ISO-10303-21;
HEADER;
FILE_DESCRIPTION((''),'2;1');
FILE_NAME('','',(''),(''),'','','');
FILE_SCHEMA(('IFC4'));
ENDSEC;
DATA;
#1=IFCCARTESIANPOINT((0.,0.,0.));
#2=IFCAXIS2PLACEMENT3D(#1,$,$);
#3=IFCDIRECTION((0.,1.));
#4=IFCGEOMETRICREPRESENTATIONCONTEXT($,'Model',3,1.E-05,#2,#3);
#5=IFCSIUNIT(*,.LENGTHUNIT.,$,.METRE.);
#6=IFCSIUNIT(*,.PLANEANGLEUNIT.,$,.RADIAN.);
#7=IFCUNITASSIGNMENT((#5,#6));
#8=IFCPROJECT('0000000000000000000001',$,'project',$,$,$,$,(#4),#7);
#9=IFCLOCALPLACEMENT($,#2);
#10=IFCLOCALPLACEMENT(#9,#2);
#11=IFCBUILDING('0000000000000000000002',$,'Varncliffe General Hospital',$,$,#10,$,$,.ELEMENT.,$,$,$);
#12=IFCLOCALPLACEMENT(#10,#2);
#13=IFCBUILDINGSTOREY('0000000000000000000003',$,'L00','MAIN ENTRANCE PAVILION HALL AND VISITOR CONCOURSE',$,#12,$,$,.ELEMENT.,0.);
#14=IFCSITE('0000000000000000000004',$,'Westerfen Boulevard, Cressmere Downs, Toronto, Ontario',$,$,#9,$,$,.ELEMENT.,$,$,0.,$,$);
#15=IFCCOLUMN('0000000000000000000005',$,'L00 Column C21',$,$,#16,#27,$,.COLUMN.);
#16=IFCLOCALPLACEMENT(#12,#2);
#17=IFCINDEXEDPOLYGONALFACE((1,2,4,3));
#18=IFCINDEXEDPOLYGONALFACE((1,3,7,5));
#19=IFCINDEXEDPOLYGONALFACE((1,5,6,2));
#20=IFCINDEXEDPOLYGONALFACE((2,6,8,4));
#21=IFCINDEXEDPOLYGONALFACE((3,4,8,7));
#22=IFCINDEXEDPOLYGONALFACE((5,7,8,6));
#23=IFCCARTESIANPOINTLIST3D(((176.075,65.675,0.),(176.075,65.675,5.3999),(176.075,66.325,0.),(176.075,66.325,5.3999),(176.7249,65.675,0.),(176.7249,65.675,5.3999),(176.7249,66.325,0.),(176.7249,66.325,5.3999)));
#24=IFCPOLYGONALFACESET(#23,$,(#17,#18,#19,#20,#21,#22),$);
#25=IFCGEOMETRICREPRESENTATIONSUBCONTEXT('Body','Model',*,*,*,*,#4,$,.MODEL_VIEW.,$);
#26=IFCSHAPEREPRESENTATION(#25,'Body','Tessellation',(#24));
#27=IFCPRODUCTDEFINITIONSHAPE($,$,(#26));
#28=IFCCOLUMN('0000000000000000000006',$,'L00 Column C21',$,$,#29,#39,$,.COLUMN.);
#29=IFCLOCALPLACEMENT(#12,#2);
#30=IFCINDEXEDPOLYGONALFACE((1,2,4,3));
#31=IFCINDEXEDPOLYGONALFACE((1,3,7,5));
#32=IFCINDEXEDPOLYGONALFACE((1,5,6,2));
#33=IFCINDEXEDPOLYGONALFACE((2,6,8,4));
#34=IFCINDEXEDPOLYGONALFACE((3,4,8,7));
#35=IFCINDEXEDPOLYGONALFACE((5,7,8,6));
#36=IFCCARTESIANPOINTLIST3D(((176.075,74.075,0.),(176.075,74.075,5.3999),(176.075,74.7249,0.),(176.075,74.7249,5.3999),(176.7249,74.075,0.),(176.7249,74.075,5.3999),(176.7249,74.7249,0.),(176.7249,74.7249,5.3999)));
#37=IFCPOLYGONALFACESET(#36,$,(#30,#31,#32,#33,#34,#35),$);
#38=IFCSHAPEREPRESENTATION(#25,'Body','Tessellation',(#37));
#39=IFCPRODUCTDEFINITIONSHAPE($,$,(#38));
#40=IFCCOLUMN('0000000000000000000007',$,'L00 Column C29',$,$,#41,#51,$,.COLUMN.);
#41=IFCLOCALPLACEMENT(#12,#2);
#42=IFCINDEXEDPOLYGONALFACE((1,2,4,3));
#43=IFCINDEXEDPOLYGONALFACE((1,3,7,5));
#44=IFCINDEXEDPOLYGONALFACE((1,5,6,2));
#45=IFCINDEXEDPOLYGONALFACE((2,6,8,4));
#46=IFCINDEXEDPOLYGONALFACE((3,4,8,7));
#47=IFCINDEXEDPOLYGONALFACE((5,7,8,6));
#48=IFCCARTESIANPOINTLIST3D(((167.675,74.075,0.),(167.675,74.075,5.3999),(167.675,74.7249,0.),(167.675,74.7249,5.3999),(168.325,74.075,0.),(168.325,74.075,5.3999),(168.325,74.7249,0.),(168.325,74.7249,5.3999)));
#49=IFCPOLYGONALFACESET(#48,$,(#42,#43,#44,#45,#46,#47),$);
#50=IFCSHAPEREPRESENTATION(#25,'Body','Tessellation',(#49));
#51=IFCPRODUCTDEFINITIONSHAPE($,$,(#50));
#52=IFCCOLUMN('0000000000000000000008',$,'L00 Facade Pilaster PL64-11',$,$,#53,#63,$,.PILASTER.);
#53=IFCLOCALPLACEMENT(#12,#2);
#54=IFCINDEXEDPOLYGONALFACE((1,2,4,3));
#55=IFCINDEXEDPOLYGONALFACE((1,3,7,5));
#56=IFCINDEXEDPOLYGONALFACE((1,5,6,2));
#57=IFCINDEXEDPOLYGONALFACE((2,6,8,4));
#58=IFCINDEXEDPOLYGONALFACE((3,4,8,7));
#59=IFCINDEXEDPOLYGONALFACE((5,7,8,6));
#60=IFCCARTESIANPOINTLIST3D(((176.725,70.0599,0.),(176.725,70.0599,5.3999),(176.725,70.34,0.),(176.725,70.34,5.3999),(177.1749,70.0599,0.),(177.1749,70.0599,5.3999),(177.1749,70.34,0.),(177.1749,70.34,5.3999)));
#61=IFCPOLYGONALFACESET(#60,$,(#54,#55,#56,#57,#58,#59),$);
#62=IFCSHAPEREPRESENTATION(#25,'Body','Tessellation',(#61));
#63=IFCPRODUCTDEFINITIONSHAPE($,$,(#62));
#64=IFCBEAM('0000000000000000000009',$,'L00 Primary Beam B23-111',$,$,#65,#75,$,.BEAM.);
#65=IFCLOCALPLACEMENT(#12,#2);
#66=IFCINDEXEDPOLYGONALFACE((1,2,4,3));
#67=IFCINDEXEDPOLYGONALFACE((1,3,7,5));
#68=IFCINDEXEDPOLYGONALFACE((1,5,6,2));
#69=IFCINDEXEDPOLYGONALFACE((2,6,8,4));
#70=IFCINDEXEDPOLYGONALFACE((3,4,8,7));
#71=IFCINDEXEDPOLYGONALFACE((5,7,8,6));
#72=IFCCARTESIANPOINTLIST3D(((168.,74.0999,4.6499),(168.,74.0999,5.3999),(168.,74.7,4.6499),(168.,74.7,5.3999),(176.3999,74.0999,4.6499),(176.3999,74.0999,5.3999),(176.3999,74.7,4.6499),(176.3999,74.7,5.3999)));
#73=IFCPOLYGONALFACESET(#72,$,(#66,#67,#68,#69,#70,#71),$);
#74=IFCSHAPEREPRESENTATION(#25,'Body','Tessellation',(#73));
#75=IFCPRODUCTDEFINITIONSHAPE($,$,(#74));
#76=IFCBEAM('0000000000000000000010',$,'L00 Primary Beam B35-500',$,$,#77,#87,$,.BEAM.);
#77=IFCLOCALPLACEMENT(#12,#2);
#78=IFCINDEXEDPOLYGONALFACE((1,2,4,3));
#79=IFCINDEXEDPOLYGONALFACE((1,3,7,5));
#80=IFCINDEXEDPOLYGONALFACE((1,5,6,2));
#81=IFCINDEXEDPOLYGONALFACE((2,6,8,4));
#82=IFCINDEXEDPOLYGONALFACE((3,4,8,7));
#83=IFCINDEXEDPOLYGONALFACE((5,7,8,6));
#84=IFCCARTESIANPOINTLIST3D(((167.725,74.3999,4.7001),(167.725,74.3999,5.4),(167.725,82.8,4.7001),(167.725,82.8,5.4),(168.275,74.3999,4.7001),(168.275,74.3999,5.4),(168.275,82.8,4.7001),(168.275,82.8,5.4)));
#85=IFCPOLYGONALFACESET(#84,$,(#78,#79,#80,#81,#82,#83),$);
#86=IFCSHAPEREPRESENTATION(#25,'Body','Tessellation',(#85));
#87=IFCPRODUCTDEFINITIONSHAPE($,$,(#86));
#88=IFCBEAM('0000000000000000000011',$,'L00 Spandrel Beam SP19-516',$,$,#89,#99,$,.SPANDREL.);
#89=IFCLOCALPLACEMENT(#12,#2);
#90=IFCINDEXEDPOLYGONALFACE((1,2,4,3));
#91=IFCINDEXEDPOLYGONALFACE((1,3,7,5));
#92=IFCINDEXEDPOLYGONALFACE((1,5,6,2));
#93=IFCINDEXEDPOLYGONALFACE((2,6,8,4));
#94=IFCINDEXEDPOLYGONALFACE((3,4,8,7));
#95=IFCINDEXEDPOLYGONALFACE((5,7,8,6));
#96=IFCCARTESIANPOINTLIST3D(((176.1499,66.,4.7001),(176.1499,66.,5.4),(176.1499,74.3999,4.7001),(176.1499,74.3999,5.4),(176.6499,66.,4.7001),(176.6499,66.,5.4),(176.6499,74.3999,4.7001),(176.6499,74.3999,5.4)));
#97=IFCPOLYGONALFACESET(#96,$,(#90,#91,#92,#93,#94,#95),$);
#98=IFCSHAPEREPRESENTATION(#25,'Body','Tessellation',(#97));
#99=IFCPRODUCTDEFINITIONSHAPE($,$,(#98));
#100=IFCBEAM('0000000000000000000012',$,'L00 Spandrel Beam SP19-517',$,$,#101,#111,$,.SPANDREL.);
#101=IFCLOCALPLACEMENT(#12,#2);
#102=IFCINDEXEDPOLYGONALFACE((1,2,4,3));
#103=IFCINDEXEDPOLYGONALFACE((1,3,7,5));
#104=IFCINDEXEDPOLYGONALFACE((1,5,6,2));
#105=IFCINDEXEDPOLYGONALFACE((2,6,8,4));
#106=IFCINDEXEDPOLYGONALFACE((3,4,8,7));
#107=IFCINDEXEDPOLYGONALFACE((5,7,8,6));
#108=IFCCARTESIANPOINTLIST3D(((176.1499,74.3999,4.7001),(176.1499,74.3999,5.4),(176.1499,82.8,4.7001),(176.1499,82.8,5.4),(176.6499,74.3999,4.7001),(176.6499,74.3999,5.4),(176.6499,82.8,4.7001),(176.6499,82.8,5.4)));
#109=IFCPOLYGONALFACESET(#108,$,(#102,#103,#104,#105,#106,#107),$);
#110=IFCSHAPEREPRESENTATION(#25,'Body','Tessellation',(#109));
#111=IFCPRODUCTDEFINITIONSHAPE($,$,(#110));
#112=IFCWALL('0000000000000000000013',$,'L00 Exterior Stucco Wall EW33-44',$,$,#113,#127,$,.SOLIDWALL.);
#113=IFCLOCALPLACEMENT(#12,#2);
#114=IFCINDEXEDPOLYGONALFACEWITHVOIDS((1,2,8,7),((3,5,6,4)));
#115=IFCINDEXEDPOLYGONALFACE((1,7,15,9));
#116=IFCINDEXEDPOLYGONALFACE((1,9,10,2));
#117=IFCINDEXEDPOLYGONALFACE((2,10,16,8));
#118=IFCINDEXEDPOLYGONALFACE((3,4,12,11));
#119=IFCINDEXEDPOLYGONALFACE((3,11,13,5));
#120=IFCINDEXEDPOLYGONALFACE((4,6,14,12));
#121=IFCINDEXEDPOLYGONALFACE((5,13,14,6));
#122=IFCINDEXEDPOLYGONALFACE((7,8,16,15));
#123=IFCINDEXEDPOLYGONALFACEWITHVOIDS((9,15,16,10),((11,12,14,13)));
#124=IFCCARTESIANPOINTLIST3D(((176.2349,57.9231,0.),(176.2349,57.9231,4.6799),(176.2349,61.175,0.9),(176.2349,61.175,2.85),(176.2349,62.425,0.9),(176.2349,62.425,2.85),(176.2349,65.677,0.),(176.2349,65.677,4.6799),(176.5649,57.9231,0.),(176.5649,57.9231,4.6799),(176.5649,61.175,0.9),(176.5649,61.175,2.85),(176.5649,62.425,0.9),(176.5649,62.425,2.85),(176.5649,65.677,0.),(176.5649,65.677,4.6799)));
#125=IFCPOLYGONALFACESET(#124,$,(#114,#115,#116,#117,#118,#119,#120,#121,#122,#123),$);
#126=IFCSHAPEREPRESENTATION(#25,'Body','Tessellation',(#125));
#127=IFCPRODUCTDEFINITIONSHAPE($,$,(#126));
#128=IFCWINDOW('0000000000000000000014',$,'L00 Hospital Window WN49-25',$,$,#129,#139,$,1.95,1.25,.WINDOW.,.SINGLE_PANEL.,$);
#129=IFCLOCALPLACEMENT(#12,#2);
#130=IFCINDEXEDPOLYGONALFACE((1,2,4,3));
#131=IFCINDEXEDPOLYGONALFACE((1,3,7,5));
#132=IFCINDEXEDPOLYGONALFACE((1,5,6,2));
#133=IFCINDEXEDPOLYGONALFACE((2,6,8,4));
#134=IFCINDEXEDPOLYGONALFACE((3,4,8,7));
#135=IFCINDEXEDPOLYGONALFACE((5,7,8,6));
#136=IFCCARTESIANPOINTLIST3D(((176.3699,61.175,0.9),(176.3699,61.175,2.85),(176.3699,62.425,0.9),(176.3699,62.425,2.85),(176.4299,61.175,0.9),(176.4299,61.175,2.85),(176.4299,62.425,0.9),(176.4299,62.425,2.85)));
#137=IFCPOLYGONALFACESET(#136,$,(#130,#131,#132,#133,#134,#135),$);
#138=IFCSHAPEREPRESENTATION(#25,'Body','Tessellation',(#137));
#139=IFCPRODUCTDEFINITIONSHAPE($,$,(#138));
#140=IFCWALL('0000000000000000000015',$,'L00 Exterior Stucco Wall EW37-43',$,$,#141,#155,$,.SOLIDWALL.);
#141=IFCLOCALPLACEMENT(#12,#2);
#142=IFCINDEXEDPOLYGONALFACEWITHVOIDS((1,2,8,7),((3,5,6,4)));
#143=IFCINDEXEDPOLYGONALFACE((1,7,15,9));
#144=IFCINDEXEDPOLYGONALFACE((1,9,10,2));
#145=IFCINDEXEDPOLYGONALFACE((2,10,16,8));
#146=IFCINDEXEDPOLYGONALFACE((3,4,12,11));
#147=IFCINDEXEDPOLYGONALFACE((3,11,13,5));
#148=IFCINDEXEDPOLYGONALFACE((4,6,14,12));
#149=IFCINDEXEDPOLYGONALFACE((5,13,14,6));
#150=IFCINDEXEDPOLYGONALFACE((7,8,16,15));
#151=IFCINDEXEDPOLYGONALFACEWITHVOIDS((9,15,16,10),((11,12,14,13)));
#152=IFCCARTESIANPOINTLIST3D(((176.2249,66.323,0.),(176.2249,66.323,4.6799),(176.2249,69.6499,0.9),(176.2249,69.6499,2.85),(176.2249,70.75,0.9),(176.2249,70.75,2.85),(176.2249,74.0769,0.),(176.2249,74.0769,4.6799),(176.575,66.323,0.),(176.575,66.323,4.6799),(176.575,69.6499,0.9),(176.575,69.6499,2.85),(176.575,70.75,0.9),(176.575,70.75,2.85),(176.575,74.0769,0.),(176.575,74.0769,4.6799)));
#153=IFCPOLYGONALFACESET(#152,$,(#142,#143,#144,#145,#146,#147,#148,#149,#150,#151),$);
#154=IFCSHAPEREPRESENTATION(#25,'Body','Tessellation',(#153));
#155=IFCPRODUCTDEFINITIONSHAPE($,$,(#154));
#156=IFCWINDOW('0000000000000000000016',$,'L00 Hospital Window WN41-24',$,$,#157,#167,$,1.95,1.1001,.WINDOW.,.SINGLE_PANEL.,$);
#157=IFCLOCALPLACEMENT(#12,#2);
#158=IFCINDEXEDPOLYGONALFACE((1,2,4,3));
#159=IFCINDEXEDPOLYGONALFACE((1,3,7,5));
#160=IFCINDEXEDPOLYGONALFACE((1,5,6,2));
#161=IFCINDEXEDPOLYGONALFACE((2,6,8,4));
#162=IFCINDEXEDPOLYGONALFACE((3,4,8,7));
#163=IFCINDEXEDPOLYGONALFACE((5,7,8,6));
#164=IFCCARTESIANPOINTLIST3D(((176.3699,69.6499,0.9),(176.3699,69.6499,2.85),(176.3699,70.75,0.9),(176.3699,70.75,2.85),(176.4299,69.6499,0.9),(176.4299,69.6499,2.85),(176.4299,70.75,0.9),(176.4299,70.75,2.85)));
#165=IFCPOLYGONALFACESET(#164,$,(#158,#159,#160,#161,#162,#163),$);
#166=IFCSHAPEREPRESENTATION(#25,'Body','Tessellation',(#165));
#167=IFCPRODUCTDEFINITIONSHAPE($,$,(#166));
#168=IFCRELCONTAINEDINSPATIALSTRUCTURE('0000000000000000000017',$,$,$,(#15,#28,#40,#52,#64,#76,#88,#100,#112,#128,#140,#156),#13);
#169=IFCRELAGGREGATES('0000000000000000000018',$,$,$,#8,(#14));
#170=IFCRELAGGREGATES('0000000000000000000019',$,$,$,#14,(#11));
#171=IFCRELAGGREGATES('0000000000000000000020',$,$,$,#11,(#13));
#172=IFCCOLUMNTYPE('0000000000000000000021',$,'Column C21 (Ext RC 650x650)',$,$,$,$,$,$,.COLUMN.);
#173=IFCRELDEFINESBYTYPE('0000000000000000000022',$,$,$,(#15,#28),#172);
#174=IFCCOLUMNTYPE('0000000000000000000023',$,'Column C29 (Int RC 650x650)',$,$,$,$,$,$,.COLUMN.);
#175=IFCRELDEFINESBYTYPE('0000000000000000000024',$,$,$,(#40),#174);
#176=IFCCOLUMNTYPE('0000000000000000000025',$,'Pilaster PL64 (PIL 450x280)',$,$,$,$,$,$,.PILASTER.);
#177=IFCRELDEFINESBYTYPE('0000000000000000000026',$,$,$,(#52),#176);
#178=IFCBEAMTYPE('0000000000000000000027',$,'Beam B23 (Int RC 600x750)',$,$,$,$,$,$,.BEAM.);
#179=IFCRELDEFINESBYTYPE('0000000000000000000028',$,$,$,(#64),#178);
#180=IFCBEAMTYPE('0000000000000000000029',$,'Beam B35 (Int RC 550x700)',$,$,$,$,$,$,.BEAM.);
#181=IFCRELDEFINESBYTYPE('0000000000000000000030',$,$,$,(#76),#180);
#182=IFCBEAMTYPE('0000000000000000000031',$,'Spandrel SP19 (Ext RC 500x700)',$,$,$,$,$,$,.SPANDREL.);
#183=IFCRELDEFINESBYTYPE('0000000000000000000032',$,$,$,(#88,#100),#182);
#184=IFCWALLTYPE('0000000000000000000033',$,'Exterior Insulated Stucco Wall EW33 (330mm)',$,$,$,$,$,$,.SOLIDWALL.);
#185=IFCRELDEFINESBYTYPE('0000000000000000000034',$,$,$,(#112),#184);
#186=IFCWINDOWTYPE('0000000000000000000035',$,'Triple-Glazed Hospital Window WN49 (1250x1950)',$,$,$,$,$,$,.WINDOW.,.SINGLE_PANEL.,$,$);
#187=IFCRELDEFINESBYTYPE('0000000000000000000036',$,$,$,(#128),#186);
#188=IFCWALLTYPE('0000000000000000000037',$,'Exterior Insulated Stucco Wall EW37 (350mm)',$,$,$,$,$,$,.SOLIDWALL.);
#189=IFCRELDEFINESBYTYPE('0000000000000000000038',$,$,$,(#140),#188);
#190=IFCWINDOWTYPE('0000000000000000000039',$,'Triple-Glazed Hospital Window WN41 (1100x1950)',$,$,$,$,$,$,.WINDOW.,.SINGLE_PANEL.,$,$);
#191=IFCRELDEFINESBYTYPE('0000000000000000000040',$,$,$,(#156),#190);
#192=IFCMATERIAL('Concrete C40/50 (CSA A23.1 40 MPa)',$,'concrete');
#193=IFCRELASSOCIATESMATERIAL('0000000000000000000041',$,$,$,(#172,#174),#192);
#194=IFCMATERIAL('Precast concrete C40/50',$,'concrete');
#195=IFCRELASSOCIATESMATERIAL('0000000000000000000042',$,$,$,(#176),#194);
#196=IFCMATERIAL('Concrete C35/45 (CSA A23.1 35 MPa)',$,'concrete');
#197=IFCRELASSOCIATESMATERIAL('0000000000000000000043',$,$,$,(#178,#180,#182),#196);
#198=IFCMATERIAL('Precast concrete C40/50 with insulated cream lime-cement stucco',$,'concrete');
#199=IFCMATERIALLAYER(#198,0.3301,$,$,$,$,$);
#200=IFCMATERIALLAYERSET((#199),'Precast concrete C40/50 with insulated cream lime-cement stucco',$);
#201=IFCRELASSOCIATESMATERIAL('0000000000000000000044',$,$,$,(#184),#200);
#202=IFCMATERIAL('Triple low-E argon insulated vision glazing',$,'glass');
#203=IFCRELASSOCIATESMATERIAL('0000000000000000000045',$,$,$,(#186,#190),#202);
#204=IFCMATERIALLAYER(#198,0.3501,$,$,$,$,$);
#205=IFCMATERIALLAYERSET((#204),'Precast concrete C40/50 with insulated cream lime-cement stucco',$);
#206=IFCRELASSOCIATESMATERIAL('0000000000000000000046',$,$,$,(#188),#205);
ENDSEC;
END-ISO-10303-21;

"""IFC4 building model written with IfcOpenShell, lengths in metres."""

from ifc_helpers import new_model, si_unit, direction, frame, frame_2d, origin, origin_2d, place, context, subcontext, project, spatial, rectangle, extrude, material, layer, layer_set, material_profile, profile_set, type_object, element, fill, save


model = new_model("IFC4")

# Units and contexts
model_context = context("Model", 3, precision=1e-05, world=origin(), true_north=direction((0.0, 1.0)))
body_context = subcontext(model_context, "Body", "Model", "MODEL_VIEW")
ifc_project = project(units=[si_unit("LENGTHUNIT", "METRE"), si_unit("PLANEANGLEUNIT", "RADIAN")], contexts=[model_context])

# Site, building, storey
site_placement = place(None, origin())
site = spatial("IfcSite", under=ifc_project, at=site_placement, Name="Westerfen Boulevard, Cressmere Downs, Toronto, Ontario", CompositionType="ELEMENT", RefElevation=0.0)
building_placement = place(site_placement, origin())
building = spatial("IfcBuilding", under=site, at=building_placement, Name="Varncliffe General Hospital", CompositionType="ELEMENT")
storey_placement = place(building_placement, origin())
storey = spatial("IfcBuildingStorey", under=building, at=storey_placement, Name="L00", Description="MAIN ENTRANCE PAVILION HALL AND VISITOR CONCOURSE", CompositionType="ELEMENT", Elevation=0.0)

# Columns
ifc_material_1 = material(Name="Concrete C40/50 (CSA A23.1 40 MPa)", Category="concrete")
ifc_material_profile_1 = material_profile(ifc_material_1, rectangle(XDim=0.6499, YDim=0.6499, at=origin_2d()), Name="RC 650x650")
ifc_profile_set_1 = profile_set([ifc_material_profile_1], Name="Concrete C40/50 (CSA A23.1 40 MPa)")
column_type_1 = type_object("IfcColumnType", Name="Column C21 (Ext RC 650x650)", PredefinedType="COLUMN", material=ifc_profile_set_1)
for number, where, z_axis, x_axis, name in (
    (1, (176.3999, 66.0, 0.0), (0.0, 0.0, 1.0), (1.0, 0.0, 0.0), "L00 Column C21"),
    (2, (176.3999, 74.3999, 0.0), (0.0, 0.0, 1.0), (1.0, 0.0, 0.0), "L00 Column C21"),
):
    element("IfcColumn", number, at=place(storey_placement, frame(where, z_axis=z_axis, x_axis=x_axis)), inside=storey, type_object=column_type_1, Name=name, PredefinedType="COLUMN", context=body_context, shape_type="SweptSolid", body=[
        extrude(rectangle(XDim=0.6499, YDim=0.6499, at=origin_2d()), origin(), (0.0, 0.0, 1.0), 5.3999),
    ])
ifc_material_profile_2 = material_profile(ifc_material_1, rectangle(XDim=0.6499, YDim=0.6499, at=origin_2d()), Name="RC 650x650")
ifc_profile_set_2 = profile_set([ifc_material_profile_2], Name="Concrete C40/50 (CSA A23.1 40 MPa)")
column_type_2 = type_object("IfcColumnType", Name="Column C29 (Int RC 650x650)", PredefinedType="COLUMN", material=ifc_profile_set_2)
column_1_placement = place(storey_placement, frame((168.0, 74.3999, 0.0), z_axis=(0.0, 0.0, 1.0), x_axis=(1.0, 0.0, 0.0)))
element("IfcColumn", 3, at=column_1_placement, inside=storey, type_object=column_type_2, Name="L00 Column C29", PredefinedType="COLUMN", context=body_context, shape_type="SweptSolid", body=[
    extrude(rectangle(XDim=0.6499, YDim=0.6499, at=origin_2d()), origin(), (0.0, 0.0, 1.0), 5.3999),
])
ifc_material_2 = material(Name="Precast concrete C40/50", Category="concrete")
ifc_material_profile_3 = material_profile(ifc_material_2, rectangle(XDim=0.45, YDim=0.28, at=origin_2d()), Name="PIL 450x280")
ifc_profile_set_3 = profile_set([ifc_material_profile_3], Name="Precast concrete C40/50")
column_type_3 = type_object("IfcColumnType", Name="Pilaster PL64 (PIL 450x280)", PredefinedType="PILASTER", material=ifc_profile_set_3)
column_2_placement = place(storey_placement, frame((176.95, 70.2, 0.0), z_axis=(0.0, 0.0, 1.0), x_axis=(1.0, 0.0, 0.0)))
element("IfcColumn", 4, at=column_2_placement, inside=storey, type_object=column_type_3, Name="L00 Facade Pilaster PL64-11", PredefinedType="PILASTER", context=body_context, shape_type="SweptSolid", body=[
    extrude(rectangle(XDim=0.45, YDim=0.28, at=origin_2d()), origin(), (0.0, 0.0, 1.0), 5.3999),
])

# Beams
ifc_material_3 = material(Name="Concrete C35/45 (CSA A23.1 35 MPa)", Category="concrete")
ifc_material_profile_4 = material_profile(ifc_material_3, rectangle(XDim=0.6001, YDim=0.75, at=origin_2d()), Name="RC 600x750")
ifc_profile_set_4 = profile_set([ifc_material_profile_4], Name="Concrete C35/45 (CSA A23.1 35 MPa)")
beam_type_1 = type_object("IfcBeamType", Name="Beam B23 (Int RC 600x750)", PredefinedType="BEAM", material=ifc_profile_set_4)
beam_1_placement = place(storey_placement, frame((168.0, 74.3999, 5.0249), z_axis=(1.0, 0.0, 0.0), x_axis=(0.0, 1.0, 0.0)))
element("IfcBeam", 5, at=beam_1_placement, inside=storey, type_object=beam_type_1, Name="L00 Primary Beam B23-111", PredefinedType="BEAM", context=body_context, shape_type="SweptSolid", body=[
    extrude(rectangle(XDim=0.6001, YDim=0.75, at=origin_2d()), origin(), (0.0, 0.0, 1.0), 8.3999),
])
ifc_material_profile_5 = material_profile(ifc_material_3, rectangle(XDim=0.55, YDim=0.7, at=origin_2d()), Name="RC 550x700")
ifc_profile_set_5 = profile_set([ifc_material_profile_5], Name="Concrete C35/45 (CSA A23.1 35 MPa)")
beam_type_2 = type_object("IfcBeamType", Name="Beam B35 (Int RC 550x700)", PredefinedType="BEAM", material=ifc_profile_set_5)
beam_2_placement = place(storey_placement, frame((168.0, 74.3999, 5.05), z_axis=(0.0, 1.0, 0.0), x_axis=(-1.0, 0.0, 0.0)))
element("IfcBeam", 6, at=beam_2_placement, inside=storey, type_object=beam_type_2, Name="L00 Primary Beam B35-500", PredefinedType="BEAM", context=body_context, shape_type="SweptSolid", body=[
    extrude(rectangle(XDim=0.55, YDim=0.7, at=origin_2d()), origin(), (0.0, 0.0, 1.0), 8.4001),
])
ifc_material_profile_6 = material_profile(ifc_material_3, rectangle(XDim=0.5, YDim=0.7, at=origin_2d()), Name="RC 500x700")
ifc_profile_set_6 = profile_set([ifc_material_profile_6], Name="Concrete C35/45 (CSA A23.1 35 MPa)")
beam_type_3 = type_object("IfcBeamType", Name="Spandrel SP19 (Ext RC 500x700)", PredefinedType="SPANDREL", material=ifc_profile_set_6)
beam_3_placement = place(storey_placement, frame((176.3999, 66.0, 5.05), z_axis=(0.0, 1.0, 0.0), x_axis=(-1.0, 0.0, 0.0)))
element("IfcBeam", 7, at=beam_3_placement, inside=storey, type_object=beam_type_3, Name="L00 Spandrel Beam SP19-516", PredefinedType="SPANDREL", context=body_context, shape_type="SweptSolid", body=[
    extrude(rectangle(XDim=0.5, YDim=0.7, at=origin_2d()), origin(), (0.0, 0.0, 1.0), 8.3999),
])
beam_4_placement = place(storey_placement, frame((176.3999, 74.3999, 5.05), z_axis=(0.0, 1.0, 0.0), x_axis=(-1.0, 0.0, 0.0)))
element("IfcBeam", 8, at=beam_4_placement, inside=storey, type_object=beam_type_3, Name="L00 Spandrel Beam SP19-517", PredefinedType="SPANDREL", context=body_context, shape_type="SweptSolid", body=[
    extrude(rectangle(XDim=0.5, YDim=0.7, at=origin_2d()), origin(), (0.0, 0.0, 1.0), 8.4001),
])

# Walls, openings, windows
ifc_material_4 = material(Name="Precast concrete C40/50 with insulated cream lime-cement stucco", Category="concrete")
ifc_layer_1 = layer(ifc_material_4, 0.3301)
ifc_layer_set_1 = layer_set([ifc_layer_1], Name="Precast concrete C40/50 with insulated cream lime-cement stucco")
wall_type_1 = type_object("IfcWallType", Name="Exterior Insulated Stucco Wall EW33 (330mm)", PredefinedType="SOLIDWALL", material=ifc_layer_set_1)
wall_1_placement = place(storey_placement, frame((176.3999, 65.677, 0.0), z_axis=(0.0, 0.0, 1.0), x_axis=(0.0, -1.0, 0.0)))
wall_1 = element("IfcWall", 9, at=wall_1_placement, inside=storey, type_object=wall_type_1, Name="L00 Exterior Stucco Wall EW33-44", PredefinedType="SOLIDWALL", context=body_context, shape_type="SweptSolid", body=[
    extrude(rectangle(XDim=7.7539, YDim=0.3301, at=frame_2d((3.877, 0.0))), origin(), (0.0, 0.0, 1.0), 4.6799),
])
opening_1_placement = place(wall_1_placement, frame((3.252, 0.0, 0.8999)))
opening_1 = element("IfcOpeningElement", 10, at=opening_1_placement, cuts=wall_1, PredefinedType="OPENING", context=body_context, shape_type="SweptSolid", body=[
    extrude(rectangle(XDim=1.25, YDim=1.95, at=frame_2d((0.625, 0.9751))), frame((0.0, 0.175, 0.0), z_axis=(0.0, -1.0, 0.0), x_axis=(1.0, 0.0, 0.0)), (0.0, 0.0, 1.0), 0.3501),
])
ifc_material_5 = material(Name="Triple low-E argon insulated vision glazing", Category="glass")
window_type_1 = type_object("IfcWindowType", Name="Triple-Glazed Hospital Window WN49 (1250x1950)", PartitioningType="SINGLE_PANEL", PredefinedType="WINDOW", material=ifc_material_5)
window_1_placement = place(opening_1_placement, origin())
window_1 = element("IfcWindow", 11, at=window_1_placement, inside=storey, type_object=window_type_1, Name="L00 Hospital Window WN49-25", OverallHeight=1.95, OverallWidth=1.25, PartitioningType="SINGLE_PANEL", PredefinedType="WINDOW", context=body_context, shape_type="SweptSolid", body=[
    extrude(rectangle(XDim=1.25, YDim=1.95, at=frame_2d((0.625, 0.9751))), frame((0.0, 0.03, 0.0), z_axis=(0.0, -1.0, 0.0), x_axis=(1.0, 0.0, 0.0)), (0.0, 0.0, 1.0), 0.0601),
])
fill(opening_1, window_1)
ifc_layer_2 = layer(ifc_material_4, 0.3501)
ifc_layer_set_2 = layer_set([ifc_layer_2], Name="Precast concrete C40/50 with insulated cream lime-cement stucco")
wall_type_2 = type_object("IfcWallType", Name="Exterior Insulated Stucco Wall EW37 (350mm)", PredefinedType="SOLIDWALL", material=ifc_layer_set_2)
wall_2_placement = place(storey_placement, frame((176.3999, 74.0769, 0.0), z_axis=(0.0, 0.0, 1.0), x_axis=(0.0, -1.0, 0.0)))
wall_2 = element("IfcWall", 12, at=wall_2_placement, inside=storey, type_object=wall_type_2, Name="L00 Exterior Stucco Wall EW37-43", PredefinedType="SOLIDWALL", context=body_context, shape_type="SweptSolid", body=[
    extrude(rectangle(XDim=7.7539, YDim=0.3501, at=frame_2d((3.877, 0.0))), origin(), (0.0, 0.0, 1.0), 4.6799),
])
opening_2_placement = place(wall_2_placement, frame((3.3269, 0.0, 0.8999)))
opening_2 = element("IfcOpeningElement", 13, at=opening_2_placement, cuts=wall_2, PredefinedType="OPENING", context=body_context, shape_type="SweptSolid", body=[
    extrude(rectangle(XDim=1.1001, YDim=1.95, at=frame_2d((0.55, 0.9751))), frame((0.0, 0.1851, 0.0), z_axis=(0.0, -1.0, 0.0), x_axis=(1.0, 0.0, 0.0)), (0.0, 0.0, 1.0), 0.3701),
])
window_type_2 = type_object("IfcWindowType", Name="Triple-Glazed Hospital Window WN41 (1100x1950)", PartitioningType="SINGLE_PANEL", PredefinedType="WINDOW", material=ifc_material_5)
window_2_placement = place(opening_2_placement, origin())
window_2 = element("IfcWindow", 14, at=window_2_placement, inside=storey, type_object=window_type_2, Name="L00 Hospital Window WN41-24", OverallHeight=1.95, OverallWidth=1.1001, PartitioningType="SINGLE_PANEL", PredefinedType="WINDOW", context=body_context, shape_type="SweptSolid", body=[
    extrude(rectangle(XDim=1.1001, YDim=1.95, at=frame_2d((0.55, 0.9751))), frame((0.0, 0.03, 0.0), z_axis=(0.0, -1.0, 0.0), x_axis=(1.0, 0.0, 0.0)), (0.0, 0.0, 1.0), 0.0601),
])
fill(opening_2, window_2)

save(model, "model.ifc")
